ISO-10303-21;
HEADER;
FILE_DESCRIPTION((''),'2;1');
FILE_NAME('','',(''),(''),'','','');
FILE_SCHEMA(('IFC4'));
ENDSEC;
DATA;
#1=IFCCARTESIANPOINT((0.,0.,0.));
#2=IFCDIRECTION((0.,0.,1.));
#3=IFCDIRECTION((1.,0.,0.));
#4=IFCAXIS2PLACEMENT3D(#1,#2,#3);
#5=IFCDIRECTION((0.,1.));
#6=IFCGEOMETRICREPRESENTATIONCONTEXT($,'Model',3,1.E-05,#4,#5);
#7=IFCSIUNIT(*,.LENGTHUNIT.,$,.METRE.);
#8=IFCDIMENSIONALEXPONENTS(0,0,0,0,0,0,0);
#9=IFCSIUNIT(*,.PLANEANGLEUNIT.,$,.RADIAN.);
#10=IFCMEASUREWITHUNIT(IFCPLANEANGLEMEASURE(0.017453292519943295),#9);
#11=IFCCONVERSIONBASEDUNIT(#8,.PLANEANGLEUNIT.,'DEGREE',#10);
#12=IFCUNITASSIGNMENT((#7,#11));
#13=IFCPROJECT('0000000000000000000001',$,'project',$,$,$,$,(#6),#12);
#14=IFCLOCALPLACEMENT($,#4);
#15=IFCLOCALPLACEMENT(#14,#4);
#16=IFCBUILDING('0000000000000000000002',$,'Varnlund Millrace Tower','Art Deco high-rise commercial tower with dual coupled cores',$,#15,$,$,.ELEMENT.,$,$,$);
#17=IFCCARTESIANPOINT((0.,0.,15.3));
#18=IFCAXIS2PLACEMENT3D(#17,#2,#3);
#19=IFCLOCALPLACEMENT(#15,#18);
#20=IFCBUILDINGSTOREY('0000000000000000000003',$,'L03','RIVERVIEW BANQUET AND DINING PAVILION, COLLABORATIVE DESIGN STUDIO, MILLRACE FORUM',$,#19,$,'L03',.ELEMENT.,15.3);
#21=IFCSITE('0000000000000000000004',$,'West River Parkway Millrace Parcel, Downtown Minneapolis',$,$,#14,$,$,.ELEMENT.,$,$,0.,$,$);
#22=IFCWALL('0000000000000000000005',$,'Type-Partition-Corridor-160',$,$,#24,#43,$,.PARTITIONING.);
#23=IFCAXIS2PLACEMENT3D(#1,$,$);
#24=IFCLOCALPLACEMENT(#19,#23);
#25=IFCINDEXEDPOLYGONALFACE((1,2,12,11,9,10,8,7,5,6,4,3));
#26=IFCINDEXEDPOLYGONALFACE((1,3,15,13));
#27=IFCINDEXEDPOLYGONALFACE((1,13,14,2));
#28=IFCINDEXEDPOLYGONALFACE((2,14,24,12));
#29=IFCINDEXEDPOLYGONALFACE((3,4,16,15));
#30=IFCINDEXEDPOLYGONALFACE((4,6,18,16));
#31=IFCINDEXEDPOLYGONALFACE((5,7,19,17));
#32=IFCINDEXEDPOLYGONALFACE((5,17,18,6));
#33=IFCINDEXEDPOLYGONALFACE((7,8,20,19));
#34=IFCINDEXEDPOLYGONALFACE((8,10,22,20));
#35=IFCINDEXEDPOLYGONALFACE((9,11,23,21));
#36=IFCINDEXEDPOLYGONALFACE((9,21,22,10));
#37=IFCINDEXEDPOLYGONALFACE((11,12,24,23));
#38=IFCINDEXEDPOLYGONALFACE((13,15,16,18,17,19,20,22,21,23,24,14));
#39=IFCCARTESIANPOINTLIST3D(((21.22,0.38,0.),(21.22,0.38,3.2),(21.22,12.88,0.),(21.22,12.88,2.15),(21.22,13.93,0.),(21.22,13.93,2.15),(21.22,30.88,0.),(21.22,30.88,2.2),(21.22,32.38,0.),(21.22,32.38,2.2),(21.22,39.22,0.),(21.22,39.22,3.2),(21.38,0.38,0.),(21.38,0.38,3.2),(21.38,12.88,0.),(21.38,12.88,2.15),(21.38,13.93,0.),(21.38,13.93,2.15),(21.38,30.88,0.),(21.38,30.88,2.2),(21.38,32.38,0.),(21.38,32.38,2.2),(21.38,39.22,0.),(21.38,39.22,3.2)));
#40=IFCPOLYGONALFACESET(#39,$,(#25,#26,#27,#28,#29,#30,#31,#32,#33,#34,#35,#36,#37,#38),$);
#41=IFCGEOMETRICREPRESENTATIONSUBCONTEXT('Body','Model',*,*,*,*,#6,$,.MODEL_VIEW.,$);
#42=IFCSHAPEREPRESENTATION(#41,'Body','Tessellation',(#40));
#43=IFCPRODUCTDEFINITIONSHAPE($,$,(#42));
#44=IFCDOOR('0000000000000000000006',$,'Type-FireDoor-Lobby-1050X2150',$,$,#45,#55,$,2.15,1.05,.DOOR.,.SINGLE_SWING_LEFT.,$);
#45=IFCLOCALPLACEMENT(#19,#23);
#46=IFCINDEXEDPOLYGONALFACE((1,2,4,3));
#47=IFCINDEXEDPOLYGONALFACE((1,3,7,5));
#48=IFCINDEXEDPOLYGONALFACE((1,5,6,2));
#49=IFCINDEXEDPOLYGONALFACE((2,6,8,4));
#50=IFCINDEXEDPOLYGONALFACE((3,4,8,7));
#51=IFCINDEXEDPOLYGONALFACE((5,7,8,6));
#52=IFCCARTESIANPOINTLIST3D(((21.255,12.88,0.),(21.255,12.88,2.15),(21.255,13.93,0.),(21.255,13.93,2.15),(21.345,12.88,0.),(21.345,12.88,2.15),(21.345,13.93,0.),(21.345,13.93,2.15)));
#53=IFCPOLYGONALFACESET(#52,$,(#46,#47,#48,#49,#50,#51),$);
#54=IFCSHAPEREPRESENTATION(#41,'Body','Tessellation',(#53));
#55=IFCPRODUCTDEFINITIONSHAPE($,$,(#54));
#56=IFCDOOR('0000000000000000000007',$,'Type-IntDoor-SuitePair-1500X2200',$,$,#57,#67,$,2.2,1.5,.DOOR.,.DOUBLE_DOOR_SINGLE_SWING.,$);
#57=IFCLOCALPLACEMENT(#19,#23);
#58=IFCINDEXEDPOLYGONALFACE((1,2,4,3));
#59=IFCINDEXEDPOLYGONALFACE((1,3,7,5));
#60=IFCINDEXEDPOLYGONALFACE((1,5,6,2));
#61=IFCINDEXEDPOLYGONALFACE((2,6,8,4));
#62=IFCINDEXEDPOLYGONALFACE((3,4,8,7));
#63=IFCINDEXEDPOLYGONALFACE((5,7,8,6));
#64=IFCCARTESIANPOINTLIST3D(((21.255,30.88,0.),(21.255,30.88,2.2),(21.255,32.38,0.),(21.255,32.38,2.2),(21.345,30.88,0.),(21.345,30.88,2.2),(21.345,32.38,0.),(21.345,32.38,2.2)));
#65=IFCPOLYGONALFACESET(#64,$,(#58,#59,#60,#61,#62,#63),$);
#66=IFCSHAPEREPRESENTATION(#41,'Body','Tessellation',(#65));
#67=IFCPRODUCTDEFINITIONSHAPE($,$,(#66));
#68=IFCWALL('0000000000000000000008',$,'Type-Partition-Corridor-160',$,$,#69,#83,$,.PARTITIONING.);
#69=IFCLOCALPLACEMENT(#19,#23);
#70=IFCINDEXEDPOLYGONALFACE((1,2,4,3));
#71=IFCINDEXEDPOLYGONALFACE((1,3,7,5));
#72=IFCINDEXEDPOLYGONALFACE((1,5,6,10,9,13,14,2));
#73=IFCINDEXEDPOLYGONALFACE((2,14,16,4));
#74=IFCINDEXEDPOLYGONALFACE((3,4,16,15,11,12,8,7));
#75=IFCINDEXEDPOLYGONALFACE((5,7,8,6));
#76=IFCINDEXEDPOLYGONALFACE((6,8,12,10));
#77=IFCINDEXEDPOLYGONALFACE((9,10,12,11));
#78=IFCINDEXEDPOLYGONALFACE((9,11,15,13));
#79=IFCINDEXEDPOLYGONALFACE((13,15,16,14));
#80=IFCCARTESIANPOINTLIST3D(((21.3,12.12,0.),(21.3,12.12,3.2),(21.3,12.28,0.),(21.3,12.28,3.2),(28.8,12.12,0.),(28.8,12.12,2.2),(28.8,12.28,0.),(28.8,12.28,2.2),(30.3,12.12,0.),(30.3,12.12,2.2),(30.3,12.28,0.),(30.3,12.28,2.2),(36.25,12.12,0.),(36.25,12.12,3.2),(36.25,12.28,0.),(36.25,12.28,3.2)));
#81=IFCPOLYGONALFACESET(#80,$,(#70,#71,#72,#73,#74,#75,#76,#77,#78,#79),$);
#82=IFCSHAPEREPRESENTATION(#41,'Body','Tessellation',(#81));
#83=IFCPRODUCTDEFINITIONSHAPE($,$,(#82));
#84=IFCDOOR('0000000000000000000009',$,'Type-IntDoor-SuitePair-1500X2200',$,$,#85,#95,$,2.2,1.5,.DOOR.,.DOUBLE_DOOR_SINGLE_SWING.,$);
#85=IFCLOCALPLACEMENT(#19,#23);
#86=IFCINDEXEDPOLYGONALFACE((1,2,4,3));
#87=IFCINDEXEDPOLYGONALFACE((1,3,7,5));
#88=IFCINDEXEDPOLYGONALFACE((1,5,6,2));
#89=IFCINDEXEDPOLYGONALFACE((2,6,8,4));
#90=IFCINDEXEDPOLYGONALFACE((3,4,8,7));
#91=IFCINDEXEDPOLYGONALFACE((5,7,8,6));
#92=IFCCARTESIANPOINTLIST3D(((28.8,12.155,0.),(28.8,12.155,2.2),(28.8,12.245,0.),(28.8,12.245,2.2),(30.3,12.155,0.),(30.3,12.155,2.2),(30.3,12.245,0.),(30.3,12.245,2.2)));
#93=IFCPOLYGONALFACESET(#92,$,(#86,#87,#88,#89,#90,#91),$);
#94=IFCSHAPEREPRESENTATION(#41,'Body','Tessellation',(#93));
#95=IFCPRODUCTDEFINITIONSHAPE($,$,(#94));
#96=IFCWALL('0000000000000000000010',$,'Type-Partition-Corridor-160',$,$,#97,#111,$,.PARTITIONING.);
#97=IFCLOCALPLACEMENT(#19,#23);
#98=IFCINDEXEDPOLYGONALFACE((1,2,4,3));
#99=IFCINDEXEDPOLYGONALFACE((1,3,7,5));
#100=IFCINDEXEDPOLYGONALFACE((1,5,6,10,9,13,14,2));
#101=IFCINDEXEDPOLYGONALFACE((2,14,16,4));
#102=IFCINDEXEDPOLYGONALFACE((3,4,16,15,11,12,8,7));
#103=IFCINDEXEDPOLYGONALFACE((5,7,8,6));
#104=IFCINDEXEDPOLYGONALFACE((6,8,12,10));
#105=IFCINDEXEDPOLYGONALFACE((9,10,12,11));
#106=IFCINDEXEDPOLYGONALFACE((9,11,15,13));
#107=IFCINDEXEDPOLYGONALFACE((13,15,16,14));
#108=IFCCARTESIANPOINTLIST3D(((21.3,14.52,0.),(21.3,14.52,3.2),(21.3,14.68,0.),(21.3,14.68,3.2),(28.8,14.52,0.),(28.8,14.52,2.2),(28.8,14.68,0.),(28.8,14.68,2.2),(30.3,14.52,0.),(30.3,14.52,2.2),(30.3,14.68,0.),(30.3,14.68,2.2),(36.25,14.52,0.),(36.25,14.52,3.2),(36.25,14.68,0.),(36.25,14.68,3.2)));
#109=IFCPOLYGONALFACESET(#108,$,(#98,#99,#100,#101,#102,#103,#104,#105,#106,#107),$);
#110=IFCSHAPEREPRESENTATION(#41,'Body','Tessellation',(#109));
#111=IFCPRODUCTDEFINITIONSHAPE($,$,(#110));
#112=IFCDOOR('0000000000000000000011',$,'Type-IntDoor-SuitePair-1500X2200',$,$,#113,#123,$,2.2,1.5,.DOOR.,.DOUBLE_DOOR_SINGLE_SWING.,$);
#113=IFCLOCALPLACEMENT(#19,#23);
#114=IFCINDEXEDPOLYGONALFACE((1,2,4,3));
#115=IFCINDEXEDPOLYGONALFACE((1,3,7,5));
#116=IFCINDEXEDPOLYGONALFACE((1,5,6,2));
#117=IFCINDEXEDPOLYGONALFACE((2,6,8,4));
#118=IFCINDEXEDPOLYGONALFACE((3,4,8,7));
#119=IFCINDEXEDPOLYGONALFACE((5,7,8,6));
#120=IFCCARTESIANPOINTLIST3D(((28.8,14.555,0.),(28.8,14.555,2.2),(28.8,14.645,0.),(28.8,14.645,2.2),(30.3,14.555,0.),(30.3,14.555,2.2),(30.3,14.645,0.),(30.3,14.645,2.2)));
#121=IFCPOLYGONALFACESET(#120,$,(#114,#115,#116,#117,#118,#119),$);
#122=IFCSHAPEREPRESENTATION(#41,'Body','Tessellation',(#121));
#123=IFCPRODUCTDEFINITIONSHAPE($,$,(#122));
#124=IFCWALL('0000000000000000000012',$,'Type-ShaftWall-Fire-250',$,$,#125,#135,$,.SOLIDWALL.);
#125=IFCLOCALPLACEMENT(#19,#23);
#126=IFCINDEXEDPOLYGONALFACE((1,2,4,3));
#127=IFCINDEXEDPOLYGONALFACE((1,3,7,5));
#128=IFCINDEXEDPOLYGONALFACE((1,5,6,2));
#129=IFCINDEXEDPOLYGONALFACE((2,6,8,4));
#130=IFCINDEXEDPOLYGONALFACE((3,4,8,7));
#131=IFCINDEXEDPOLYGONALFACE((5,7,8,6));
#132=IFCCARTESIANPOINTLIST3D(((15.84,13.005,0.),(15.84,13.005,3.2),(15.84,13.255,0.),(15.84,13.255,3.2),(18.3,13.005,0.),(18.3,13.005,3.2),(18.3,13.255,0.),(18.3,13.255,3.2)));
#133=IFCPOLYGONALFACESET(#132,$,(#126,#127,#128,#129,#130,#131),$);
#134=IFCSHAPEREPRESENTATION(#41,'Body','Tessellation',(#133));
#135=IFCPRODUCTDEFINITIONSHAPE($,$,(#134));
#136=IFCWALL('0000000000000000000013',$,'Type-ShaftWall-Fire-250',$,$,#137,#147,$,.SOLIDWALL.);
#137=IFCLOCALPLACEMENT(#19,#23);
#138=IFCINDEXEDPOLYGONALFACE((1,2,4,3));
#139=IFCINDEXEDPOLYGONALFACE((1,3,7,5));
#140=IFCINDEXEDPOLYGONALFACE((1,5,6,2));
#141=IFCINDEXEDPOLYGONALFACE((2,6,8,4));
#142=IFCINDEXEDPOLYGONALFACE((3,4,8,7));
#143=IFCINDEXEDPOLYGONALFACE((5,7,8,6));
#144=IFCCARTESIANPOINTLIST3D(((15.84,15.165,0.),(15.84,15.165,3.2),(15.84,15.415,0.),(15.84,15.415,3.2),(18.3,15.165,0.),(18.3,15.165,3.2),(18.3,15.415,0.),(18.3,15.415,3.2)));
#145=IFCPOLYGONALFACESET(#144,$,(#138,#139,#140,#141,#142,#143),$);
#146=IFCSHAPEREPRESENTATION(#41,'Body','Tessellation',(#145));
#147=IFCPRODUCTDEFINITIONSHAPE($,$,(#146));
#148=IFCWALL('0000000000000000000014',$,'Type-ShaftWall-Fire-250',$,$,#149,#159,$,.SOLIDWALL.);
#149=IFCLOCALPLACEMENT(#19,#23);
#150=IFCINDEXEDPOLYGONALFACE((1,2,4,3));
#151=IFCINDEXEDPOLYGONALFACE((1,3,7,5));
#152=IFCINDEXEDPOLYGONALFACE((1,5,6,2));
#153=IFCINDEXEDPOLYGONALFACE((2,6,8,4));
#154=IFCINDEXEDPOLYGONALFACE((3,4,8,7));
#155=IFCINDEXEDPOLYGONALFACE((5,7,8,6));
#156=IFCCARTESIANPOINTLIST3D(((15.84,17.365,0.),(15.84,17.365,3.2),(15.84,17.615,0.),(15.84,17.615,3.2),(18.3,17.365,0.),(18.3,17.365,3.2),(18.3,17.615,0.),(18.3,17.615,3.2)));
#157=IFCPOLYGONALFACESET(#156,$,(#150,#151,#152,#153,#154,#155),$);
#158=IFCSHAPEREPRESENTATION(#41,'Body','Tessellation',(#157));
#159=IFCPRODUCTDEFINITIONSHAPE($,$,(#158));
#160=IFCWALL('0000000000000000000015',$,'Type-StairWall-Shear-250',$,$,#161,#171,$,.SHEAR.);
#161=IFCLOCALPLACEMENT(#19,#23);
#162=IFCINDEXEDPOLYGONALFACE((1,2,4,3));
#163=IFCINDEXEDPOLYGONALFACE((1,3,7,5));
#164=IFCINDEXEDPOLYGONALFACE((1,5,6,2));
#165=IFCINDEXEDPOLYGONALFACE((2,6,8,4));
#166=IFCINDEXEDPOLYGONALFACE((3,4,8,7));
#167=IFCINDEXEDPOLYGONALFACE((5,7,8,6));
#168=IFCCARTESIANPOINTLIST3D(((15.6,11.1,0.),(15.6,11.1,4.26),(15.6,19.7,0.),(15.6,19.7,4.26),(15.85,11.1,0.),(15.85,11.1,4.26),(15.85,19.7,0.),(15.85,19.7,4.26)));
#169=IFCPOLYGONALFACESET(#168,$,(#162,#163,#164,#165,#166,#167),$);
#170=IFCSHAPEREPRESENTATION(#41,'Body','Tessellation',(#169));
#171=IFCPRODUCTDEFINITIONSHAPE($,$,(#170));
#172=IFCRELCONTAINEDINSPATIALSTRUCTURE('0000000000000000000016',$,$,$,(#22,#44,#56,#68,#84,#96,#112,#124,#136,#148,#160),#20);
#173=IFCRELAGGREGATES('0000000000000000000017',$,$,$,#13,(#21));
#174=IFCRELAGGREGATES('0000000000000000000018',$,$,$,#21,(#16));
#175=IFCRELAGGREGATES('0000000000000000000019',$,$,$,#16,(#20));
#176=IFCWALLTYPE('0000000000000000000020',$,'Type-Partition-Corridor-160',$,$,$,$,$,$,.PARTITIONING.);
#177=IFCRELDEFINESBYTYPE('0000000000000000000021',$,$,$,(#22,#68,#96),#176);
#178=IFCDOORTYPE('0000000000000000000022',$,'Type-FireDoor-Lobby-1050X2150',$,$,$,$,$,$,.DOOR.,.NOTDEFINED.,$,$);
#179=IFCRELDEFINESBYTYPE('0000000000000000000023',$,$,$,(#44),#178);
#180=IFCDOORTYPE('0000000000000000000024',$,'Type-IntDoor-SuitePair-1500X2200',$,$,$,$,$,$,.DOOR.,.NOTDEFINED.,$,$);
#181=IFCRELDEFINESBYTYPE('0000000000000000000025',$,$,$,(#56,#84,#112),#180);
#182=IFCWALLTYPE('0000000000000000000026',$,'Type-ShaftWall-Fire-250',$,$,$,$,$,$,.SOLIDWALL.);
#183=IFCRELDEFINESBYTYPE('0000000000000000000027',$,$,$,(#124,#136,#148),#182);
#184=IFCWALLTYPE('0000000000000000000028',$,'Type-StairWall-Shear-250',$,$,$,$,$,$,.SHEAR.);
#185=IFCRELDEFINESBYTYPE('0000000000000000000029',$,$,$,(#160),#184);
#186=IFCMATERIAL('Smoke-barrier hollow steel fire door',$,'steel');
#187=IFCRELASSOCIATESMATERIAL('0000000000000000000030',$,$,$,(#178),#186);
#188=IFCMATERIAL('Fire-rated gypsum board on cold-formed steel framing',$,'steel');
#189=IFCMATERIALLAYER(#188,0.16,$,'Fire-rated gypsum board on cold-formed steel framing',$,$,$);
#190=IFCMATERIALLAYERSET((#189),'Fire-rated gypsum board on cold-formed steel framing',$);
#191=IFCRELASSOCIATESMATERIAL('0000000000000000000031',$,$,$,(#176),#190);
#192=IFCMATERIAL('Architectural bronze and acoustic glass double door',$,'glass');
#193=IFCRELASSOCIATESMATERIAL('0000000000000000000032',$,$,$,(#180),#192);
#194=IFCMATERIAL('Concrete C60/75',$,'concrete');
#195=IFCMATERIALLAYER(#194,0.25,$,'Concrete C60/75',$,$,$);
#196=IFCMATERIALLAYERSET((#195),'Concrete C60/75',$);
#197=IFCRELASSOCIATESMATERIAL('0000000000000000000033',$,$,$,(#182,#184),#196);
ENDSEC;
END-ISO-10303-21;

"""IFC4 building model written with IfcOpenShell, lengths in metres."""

from ifc_helpers import new_model, entity, si_unit, converted_unit, direction, frame, origin_with_axes, origin_2d_with_axis, place, context, subcontext, project, spatial, polyline, rectangle, outline, extrude, material, layer, layer_set, type_object, element, fill, save


model = new_model("IFC4")

# Units and contexts
model_context = context("Model", 3, precision=1e-05, world=origin_with_axes(), true_north=direction((0.0, 1.0)))
body_context = subcontext(model_context, "Body", "Model", "MODEL_VIEW")
ifc_project = project(units=[si_unit("LENGTHUNIT", "METRE"), converted_unit("PLANEANGLEUNIT", "DEGREE", entity("IfcPlaneAngleMeasure", 0.017453292519943295), si_unit("PLANEANGLEUNIT", "RADIAN"), dimensions=[0, 0, 0, 0, 0, 0, 0])], contexts=[model_context])

# Site, building, storey
site_placement = place(None, origin_with_axes())
site = spatial("IfcSite", under=ifc_project, at=site_placement, Name="West River Parkway Millrace Parcel, Downtown Minneapolis", CompositionType="ELEMENT", RefElevation=0.0)
building_placement = place(site_placement, origin_with_axes())
building = spatial("IfcBuilding", under=site, at=building_placement, Name="Varnlund Millrace Tower", Description="Art Deco high-rise commercial tower with dual coupled cores", CompositionType="ELEMENT")
storey_placement = place(building_placement, frame((0.0, 0.0, 15.3), z_axis=(0.0, 0.0, 1.0), x_axis=(1.0, 0.0, 0.0)))
storey = spatial("IfcBuildingStorey", under=building, at=storey_placement, Name="L03", Description="RIVERVIEW BANQUET AND DINING PAVILION, COLLABORATIVE DESIGN STUDIO, MILLRACE FORUM", LongName="L03", CompositionType="ELEMENT", Elevation=15.3)

# Wall, openings, doors
ifc_material_1 = material(Name="Smoke-barrier hollow steel fire door", Category="steel")
door_type_1 = type_object("IfcDoorType", Name="Type-FireDoor-Lobby-1050X2150", OperationType="NOTDEFINED", PredefinedType="DOOR", material=ifc_material_1)
ifc_material_2 = material(Name="Fire-rated gypsum board on cold-formed steel framing", Category="steel")
ifc_layer_1 = layer(ifc_material_2, 0.16, Name="Fire-rated gypsum board on cold-formed steel framing")
ifc_layer_set_1 = layer_set([ifc_layer_1], Name="Fire-rated gypsum board on cold-formed steel framing")
wall_type_1 = type_object("IfcWallType", Name="Type-Partition-Corridor-160", PredefinedType="PARTITIONING", material=ifc_layer_set_1)
wall_1_placement = place(storey_placement, frame((21.3, 0.38, 0.0), z_axis=(0.0, 0.0, 1.0), x_axis=(0.0, 1.0, 0.0)))
wall_1 = element("IfcWall", 1, at=wall_1_placement, inside=storey, type_object=wall_type_1, Name="Type-Partition-Corridor-160", PredefinedType="PARTITIONING", context=body_context, shape_type="SweptSolid", body=[
    extrude(outline(polyline([(0.0, -0.08), (38.84, -0.08), (38.84, 0.08), (0.0, 0.08), (0.0, -0.08)])), origin_with_axes(), (0.0, 0.0, 1.0), 3.2),
])
opening_1_placement = place(wall_1_placement, frame((13.025, 0.0, 0.0), z_axis=(0.0, 0.0, 1.0), x_axis=(1.0, 0.0, 0.0)))
opening_1 = element("IfcOpeningElement", 2, at=opening_1_placement, cuts=wall_1, PredefinedType="OPENING", context=body_context, shape_type="SweptSolid", body=[
    extrude(rectangle(XDim=1.05, YDim=0.18, at=origin_2d_with_axis()), origin_with_axes(), (0.0, 0.0, 1.0), 2.15),
])
opening_2_placement = place(wall_1_placement, frame((31.25, 0.0, 0.0), z_axis=(0.0, 0.0, 1.0), x_axis=(1.0, 0.0, 0.0)))
opening_2 = element("IfcOpeningElement", 3, at=opening_2_placement, cuts=wall_1, PredefinedType="OPENING", context=body_context, shape_type="SweptSolid", body=[
    extrude(rectangle(XDim=1.5, YDim=0.18, at=origin_2d_with_axis()), origin_with_axes(), (0.0, 0.0, 1.0), 2.2),
])
door_1_placement = place(wall_1_placement, frame((13.025, 0.0, 0.0), z_axis=(0.0, 0.0, 1.0), x_axis=(1.0, 0.0, 0.0)))
door_1 = element("IfcDoor", 4, at=door_1_placement, inside=storey, type_object=door_type_1, Name="Type-FireDoor-Lobby-1050X2150", OperationType="SINGLE_SWING_LEFT", OverallHeight=2.15, OverallWidth=1.05, PredefinedType="DOOR", context=body_context, shape_type="SweptSolid", body=[
    extrude(rectangle(XDim=1.05, YDim=0.09, at=origin_2d_with_axis()), origin_with_axes(), (0.0, 0.0, 1.0), 2.15),
])
fill(opening_1, door_1)
ifc_material_3 = material(Name="Architectural bronze and acoustic glass double door", Category="glass")
door_type_2 = type_object("IfcDoorType", Name="Type-IntDoor-SuitePair-1500X2200", OperationType="NOTDEFINED", PredefinedType="DOOR", material=ifc_material_3)
door_2_placement = place(wall_1_placement, frame((31.25, 0.0, 0.0), z_axis=(0.0, 0.0, 1.0), x_axis=(1.0, 0.0, 0.0)))
door_2 = element("IfcDoor", 5, at=door_2_placement, inside=storey, type_object=door_type_2, Name="Type-IntDoor-SuitePair-1500X2200", OperationType="DOUBLE_DOOR_SINGLE_SWING", OverallHeight=2.2, OverallWidth=1.5, PredefinedType="DOOR", context=body_context, shape_type="SweptSolid", body=[
    extrude(rectangle(XDim=1.5, YDim=0.09, at=origin_2d_with_axis()), origin_with_axes(), (0.0, 0.0, 1.0), 2.2),
])
fill(opening_2, door_2)

# Walls, openings, doors
wall_2_placement = place(storey_placement, frame((21.3, 12.2, 0.0), z_axis=(0.0, 0.0, 1.0), x_axis=(1.0, 0.0, 0.0)))
wall_2 = element("IfcWall", 6, at=wall_2_placement, inside=storey, type_object=wall_type_1, Name="Type-Partition-Corridor-160", PredefinedType="PARTITIONING", context=body_context, shape_type="SweptSolid", body=[
    extrude(outline(polyline([(0.0, -0.08), (14.95, -0.08), (14.95, 0.08), (0.0, 0.08), (0.0, -0.08)])), origin_with_axes(), (0.0, 0.0, 1.0), 3.2),
])
opening_3_placement = place(wall_2_placement, frame((8.25, 0.0, 0.0), z_axis=(0.0, 0.0, 1.0), x_axis=(1.0, 0.0, 0.0)))
opening_3 = element("IfcOpeningElement", 7, at=opening_3_placement, cuts=wall_2, PredefinedType="OPENING", context=body_context, shape_type="SweptSolid", body=[
    extrude(rectangle(XDim=1.5, YDim=0.18, at=origin_2d_with_axis()), origin_with_axes(), (0.0, 0.0, 1.0), 2.2),
])
door_3_placement = place(wall_2_placement, frame((8.25, 0.0, 0.0), z_axis=(0.0, 0.0, 1.0), x_axis=(1.0, 0.0, 0.0)))
door_3 = element("IfcDoor", 8, at=door_3_placement, inside=storey, type_object=door_type_2, Name="Type-IntDoor-SuitePair-1500X2200", OperationType="DOUBLE_DOOR_SINGLE_SWING", OverallHeight=2.2, OverallWidth=1.5, PredefinedType="DOOR", context=body_context, shape_type="SweptSolid", body=[
    extrude(rectangle(XDim=1.5, YDim=0.09, at=origin_2d_with_axis()), origin_with_axes(), (0.0, 0.0, 1.0), 2.2),
])
fill(opening_3, door_3)
wall_3_placement = place(storey_placement, frame((21.3, 14.6, 0.0), z_axis=(0.0, 0.0, 1.0), x_axis=(1.0, 0.0, 0.0)))
wall_3 = element("IfcWall", 9, at=wall_3_placement, inside=storey, type_object=wall_type_1, Name="Type-Partition-Corridor-160", PredefinedType="PARTITIONING", context=body_context, shape_type="SweptSolid", body=[
    extrude(outline(polyline([(0.0, -0.08), (14.95, -0.08), (14.95, 0.08), (0.0, 0.08), (0.0, -0.08)])), origin_with_axes(), (0.0, 0.0, 1.0), 3.2),
])
opening_4_placement = place(wall_3_placement, frame((8.25, 0.0, 0.0), z_axis=(0.0, 0.0, 1.0), x_axis=(1.0, 0.0, 0.0)))
opening_4 = element("IfcOpeningElement", 10, at=opening_4_placement, cuts=wall_3, PredefinedType="OPENING", context=body_context, shape_type="SweptSolid", body=[
    extrude(rectangle(XDim=1.5, YDim=0.18, at=origin_2d_with_axis()), origin_with_axes(), (0.0, 0.0, 1.0), 2.2),
])
door_4_placement = place(wall_3_placement, frame((8.25, 0.0, 0.0), z_axis=(0.0, 0.0, 1.0), x_axis=(1.0, 0.0, 0.0)))
door_4 = element("IfcDoor", 11, at=door_4_placement, inside=storey, type_object=door_type_2, Name="Type-IntDoor-SuitePair-1500X2200", OperationType="DOUBLE_DOOR_SINGLE_SWING", OverallHeight=2.2, OverallWidth=1.5, PredefinedType="DOOR", context=body_context, shape_type="SweptSolid", body=[
    extrude(rectangle(XDim=1.5, YDim=0.09, at=origin_2d_with_axis()), origin_with_axes(), (0.0, 0.0, 1.0), 2.2),
])
fill(opening_4, door_4)

# Walls
ifc_material_4 = material(Name="Concrete C60/75", Category="concrete")
ifc_layer_2 = layer(ifc_material_4, 0.25, Name="Concrete C60/75")
ifc_layer_set_2 = layer_set([ifc_layer_2], Name="Concrete C60/75")
wall_type_2 = type_object("IfcWallType", Name="Type-ShaftWall-Fire-250", PredefinedType="SOLIDWALL", material=ifc_layer_set_2)
for number, where, z_axis, x_axis, name in (
    (12, (15.84, 13.13, 0.0), (0.0, 0.0, 1.0), (1.0, 0.0, 0.0), "Type-ShaftWall-Fire-250"),
    (13, (15.84, 15.29, 0.0), (0.0, 0.0, 1.0), (1.0, 0.0, 0.0), "Type-ShaftWall-Fire-250"),
    (14, (15.84, 17.49, 0.0), (0.0, 0.0, 1.0), (1.0, 0.0, 0.0), "Type-ShaftWall-Fire-250"),
):
    element("IfcWall", number, at=place(storey_placement, frame(where, z_axis=z_axis, x_axis=x_axis)), inside=storey, type_object=wall_type_2, Name=name, PredefinedType="SOLIDWALL", context=body_context, shape_type="SweptSolid", body=[
        extrude(outline(polyline([(0.0, -0.125), (2.46, -0.125), (2.46, 0.125), (0.0, 0.125), (0.0, -0.125)])), origin_with_axes(), (0.0, 0.0, 1.0), 3.2),
    ])
wall_type_3 = type_object("IfcWallType", Name="Type-StairWall-Shear-250", PredefinedType="SHEAR", material=ifc_layer_set_2)
wall_4_placement = place(storey_placement, frame((15.725, 11.1, 0.0), z_axis=(0.0, 0.0, 1.0), x_axis=(0.0, 1.0, 0.0)))
element("IfcWall", 15, at=wall_4_placement, inside=storey, type_object=wall_type_3, Name="Type-StairWall-Shear-250", PredefinedType="SHEAR", context=body_context, shape_type="SweptSolid", body=[
    extrude(outline(polyline([(0.0, -0.125), (8.6, -0.125), (8.6, 0.125), (0.0, 0.125), (0.0, -0.125)])), origin_with_axes(), (0.0, 0.0, 1.0), 4.26),
])

save(model, "model.ifc")
